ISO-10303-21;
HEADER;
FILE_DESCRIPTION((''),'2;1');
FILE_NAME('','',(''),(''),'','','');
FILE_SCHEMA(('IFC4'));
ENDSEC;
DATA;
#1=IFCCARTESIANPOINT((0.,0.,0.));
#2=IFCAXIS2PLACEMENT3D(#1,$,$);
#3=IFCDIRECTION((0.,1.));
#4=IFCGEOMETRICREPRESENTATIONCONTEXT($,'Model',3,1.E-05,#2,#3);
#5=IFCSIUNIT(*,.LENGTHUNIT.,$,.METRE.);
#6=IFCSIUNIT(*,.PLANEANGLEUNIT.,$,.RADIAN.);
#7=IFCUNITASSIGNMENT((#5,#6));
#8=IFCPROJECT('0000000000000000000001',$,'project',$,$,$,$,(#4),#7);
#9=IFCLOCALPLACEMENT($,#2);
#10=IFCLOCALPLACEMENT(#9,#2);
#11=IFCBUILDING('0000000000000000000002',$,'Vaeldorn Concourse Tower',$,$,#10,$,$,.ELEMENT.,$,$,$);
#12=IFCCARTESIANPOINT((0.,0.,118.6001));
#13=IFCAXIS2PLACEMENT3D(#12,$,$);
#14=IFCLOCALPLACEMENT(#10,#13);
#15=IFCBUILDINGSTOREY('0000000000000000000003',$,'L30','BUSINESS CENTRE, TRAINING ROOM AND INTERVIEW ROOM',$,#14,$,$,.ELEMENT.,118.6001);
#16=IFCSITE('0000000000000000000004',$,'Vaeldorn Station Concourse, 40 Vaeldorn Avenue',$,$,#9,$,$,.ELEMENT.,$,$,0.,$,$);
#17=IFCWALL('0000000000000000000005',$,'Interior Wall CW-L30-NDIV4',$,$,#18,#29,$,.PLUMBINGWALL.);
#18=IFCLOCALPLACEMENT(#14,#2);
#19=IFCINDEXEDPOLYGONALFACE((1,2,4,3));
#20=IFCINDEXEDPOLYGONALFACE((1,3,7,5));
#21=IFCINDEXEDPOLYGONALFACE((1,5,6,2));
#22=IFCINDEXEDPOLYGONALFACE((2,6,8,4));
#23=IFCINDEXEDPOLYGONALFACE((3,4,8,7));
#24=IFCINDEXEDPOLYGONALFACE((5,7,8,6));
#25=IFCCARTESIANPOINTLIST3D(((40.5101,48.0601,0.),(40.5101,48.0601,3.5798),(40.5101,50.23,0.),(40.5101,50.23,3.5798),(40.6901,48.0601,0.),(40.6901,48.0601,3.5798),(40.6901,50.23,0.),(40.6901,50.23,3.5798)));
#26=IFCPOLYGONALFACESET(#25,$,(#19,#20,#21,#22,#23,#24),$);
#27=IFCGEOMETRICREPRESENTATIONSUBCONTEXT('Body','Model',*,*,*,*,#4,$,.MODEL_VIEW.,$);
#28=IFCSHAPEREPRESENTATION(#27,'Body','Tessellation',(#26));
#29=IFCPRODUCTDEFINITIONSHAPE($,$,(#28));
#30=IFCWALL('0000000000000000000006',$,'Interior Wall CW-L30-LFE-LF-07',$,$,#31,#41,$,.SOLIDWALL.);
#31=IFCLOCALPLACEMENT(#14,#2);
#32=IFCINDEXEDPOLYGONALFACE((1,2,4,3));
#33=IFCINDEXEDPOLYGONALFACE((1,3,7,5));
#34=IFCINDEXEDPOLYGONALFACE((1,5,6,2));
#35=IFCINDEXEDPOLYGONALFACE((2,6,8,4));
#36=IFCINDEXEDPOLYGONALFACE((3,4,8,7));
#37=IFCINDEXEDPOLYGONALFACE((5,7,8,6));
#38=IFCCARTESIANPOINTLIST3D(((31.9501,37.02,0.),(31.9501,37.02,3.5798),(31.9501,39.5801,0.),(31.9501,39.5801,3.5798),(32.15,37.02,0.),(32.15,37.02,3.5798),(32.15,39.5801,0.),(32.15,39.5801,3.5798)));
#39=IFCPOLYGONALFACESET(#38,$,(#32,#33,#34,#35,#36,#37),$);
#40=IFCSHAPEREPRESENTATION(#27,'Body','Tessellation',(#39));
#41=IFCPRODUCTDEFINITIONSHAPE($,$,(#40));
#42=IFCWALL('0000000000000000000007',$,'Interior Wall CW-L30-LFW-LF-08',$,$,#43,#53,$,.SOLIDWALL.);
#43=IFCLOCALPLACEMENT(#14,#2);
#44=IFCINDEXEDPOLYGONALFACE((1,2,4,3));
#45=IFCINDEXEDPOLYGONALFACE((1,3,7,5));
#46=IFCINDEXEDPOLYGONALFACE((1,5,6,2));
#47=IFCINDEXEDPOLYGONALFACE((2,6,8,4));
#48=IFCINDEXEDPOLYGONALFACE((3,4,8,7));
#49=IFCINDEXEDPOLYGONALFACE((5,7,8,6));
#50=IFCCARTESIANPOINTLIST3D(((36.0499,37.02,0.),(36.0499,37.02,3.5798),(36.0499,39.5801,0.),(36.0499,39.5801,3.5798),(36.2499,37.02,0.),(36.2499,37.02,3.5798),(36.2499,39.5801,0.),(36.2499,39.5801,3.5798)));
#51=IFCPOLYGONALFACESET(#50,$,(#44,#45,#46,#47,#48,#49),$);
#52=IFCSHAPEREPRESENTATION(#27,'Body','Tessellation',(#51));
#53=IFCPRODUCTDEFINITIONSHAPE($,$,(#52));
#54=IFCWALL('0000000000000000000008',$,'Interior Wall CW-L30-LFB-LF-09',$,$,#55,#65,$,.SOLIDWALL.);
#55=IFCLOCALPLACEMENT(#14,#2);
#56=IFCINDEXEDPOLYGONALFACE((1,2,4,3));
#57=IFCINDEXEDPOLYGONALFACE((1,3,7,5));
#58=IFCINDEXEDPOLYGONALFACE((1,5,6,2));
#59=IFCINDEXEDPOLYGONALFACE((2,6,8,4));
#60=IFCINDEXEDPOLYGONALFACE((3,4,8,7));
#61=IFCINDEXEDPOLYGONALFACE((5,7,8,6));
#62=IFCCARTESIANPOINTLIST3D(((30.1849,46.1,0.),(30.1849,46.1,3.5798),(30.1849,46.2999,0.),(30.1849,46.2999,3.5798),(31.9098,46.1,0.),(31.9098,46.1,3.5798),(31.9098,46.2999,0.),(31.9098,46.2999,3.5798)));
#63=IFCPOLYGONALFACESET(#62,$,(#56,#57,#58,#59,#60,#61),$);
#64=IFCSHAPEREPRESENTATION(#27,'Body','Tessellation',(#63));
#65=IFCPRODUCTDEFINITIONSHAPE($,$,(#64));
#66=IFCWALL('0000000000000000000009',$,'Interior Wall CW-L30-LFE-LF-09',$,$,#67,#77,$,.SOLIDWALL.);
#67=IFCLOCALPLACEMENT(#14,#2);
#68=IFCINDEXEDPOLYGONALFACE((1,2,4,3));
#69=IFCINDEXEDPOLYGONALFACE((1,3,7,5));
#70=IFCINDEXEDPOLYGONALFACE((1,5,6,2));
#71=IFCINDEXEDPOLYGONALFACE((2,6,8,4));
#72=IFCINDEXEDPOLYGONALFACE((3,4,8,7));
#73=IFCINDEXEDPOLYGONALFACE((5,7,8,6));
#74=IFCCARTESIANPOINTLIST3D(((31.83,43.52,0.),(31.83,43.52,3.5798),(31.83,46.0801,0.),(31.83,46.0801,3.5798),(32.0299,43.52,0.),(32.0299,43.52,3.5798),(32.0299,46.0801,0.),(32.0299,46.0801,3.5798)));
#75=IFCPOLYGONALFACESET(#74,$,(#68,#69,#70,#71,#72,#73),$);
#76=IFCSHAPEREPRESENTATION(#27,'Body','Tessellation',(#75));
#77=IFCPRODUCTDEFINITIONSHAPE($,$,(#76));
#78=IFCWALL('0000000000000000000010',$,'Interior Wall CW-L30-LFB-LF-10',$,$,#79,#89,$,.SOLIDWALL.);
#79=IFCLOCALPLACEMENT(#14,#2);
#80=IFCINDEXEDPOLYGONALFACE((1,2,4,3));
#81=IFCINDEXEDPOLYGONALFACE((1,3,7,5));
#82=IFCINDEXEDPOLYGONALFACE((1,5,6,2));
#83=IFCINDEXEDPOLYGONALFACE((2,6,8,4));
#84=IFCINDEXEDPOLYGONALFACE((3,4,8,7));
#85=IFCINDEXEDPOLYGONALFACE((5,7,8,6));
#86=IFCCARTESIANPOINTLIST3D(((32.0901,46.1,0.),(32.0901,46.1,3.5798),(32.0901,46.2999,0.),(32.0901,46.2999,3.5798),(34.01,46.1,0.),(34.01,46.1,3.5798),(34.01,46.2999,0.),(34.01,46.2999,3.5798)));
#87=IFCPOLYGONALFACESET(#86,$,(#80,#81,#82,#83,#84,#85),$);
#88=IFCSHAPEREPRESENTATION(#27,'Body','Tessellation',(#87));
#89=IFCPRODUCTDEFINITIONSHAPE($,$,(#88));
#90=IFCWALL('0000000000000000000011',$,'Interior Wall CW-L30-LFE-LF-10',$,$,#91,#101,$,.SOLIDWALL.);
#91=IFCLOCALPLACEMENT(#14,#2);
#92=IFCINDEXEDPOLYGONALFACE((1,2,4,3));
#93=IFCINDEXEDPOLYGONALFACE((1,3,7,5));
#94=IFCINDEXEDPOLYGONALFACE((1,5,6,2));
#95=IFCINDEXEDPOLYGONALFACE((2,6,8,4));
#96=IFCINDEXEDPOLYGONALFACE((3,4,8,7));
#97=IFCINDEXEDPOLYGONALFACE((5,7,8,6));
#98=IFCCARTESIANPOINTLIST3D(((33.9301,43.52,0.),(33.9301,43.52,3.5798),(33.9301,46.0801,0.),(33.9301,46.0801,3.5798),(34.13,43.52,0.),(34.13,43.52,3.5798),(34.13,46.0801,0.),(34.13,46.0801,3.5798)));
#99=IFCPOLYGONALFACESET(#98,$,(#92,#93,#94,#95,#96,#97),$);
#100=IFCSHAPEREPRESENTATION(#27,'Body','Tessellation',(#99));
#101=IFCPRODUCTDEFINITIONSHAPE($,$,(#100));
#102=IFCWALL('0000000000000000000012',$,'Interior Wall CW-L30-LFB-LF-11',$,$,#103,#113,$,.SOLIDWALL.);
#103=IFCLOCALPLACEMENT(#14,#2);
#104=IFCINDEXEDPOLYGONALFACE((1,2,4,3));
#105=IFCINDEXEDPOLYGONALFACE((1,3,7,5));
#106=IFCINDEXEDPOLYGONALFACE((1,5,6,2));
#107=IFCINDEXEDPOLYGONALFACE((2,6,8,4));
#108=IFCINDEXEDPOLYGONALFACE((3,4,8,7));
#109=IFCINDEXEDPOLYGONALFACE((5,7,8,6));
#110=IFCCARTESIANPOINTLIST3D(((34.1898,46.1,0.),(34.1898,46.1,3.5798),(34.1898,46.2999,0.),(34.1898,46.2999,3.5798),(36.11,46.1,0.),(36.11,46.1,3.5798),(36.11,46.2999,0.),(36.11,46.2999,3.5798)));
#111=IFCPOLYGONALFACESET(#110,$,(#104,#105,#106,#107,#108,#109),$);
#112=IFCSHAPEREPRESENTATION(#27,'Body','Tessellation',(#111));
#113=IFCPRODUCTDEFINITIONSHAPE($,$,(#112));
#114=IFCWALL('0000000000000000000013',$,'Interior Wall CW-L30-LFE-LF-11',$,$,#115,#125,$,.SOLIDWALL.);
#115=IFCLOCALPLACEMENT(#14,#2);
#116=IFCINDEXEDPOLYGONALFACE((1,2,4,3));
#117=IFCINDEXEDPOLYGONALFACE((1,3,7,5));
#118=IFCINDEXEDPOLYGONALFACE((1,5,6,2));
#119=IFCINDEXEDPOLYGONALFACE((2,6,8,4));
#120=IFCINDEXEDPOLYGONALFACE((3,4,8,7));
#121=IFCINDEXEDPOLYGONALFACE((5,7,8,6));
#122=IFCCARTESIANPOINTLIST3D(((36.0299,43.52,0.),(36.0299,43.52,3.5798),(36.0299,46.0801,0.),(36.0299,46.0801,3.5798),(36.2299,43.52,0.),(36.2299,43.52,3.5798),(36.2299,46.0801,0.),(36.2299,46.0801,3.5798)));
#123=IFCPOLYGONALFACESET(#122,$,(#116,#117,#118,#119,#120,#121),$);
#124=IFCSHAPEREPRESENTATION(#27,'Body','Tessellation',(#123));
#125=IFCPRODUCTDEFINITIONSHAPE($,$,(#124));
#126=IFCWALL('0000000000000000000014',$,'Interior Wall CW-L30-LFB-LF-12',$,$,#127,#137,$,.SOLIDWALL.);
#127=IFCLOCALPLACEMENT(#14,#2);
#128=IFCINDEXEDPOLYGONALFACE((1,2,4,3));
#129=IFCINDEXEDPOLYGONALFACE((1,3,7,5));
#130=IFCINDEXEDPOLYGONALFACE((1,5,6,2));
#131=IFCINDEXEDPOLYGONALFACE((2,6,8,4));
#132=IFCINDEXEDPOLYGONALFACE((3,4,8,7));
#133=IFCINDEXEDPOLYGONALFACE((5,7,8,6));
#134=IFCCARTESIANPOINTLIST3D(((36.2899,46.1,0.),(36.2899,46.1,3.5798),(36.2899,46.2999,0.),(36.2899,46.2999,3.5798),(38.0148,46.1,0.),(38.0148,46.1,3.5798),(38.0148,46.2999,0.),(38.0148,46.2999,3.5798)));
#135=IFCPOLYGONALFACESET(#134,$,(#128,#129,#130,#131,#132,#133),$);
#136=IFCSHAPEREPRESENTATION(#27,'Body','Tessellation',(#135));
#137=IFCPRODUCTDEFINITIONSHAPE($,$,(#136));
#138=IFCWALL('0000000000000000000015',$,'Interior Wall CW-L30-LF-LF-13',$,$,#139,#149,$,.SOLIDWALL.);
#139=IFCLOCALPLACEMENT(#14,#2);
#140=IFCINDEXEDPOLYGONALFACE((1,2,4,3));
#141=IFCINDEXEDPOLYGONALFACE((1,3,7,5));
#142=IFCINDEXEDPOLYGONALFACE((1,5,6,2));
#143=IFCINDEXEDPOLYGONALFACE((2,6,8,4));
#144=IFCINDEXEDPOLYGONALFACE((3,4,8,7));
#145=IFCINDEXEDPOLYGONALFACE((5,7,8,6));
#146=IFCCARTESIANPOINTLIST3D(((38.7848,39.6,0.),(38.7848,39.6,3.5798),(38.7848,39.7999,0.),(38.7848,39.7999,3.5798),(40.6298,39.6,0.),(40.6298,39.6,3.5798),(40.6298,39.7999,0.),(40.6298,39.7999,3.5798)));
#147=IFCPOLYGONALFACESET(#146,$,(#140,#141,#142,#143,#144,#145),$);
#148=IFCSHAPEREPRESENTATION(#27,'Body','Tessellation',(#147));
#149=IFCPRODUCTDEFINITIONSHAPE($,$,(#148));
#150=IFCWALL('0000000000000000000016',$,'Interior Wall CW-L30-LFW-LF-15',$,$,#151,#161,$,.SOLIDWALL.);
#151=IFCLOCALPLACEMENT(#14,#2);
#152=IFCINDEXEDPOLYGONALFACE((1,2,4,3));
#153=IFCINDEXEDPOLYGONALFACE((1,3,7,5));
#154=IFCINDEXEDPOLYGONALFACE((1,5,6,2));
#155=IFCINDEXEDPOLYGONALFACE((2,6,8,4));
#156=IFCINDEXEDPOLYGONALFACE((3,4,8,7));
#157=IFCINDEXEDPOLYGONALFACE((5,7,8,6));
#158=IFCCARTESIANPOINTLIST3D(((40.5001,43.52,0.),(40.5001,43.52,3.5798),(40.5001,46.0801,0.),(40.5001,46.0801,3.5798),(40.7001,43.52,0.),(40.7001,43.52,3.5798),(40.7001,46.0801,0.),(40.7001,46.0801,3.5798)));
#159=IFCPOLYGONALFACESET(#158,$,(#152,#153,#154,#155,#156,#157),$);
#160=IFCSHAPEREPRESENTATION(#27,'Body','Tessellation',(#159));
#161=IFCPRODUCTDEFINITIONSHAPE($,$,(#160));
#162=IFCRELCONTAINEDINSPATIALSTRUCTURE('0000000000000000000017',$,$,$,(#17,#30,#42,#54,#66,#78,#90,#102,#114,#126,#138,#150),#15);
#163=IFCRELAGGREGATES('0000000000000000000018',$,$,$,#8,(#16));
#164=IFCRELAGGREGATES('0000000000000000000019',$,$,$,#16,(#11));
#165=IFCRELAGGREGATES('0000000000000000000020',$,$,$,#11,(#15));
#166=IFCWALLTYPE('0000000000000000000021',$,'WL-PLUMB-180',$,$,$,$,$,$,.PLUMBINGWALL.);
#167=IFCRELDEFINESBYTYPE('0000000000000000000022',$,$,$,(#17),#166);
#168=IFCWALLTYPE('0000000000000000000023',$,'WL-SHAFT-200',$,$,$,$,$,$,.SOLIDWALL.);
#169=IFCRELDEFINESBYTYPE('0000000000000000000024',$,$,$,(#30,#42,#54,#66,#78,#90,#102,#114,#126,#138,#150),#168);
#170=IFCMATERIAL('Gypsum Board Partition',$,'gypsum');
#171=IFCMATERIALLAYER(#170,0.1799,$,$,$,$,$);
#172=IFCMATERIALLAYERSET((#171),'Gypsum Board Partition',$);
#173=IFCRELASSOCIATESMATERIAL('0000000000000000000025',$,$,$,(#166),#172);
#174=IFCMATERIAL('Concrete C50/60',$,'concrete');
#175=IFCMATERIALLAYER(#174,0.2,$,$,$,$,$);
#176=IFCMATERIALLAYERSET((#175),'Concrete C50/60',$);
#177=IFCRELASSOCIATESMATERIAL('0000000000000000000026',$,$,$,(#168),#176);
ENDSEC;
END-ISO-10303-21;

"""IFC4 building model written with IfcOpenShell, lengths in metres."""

from ifc_helpers import new_model, si_unit, direction, frame, frame_2d, origin, place, context, subcontext, project, spatial, rectangle, extrude, material, layer, layer_set, type_object, element, save


model = new_model("IFC4")

# Units and contexts
model_context = context("Model", 3, precision=1e-05, world=origin(), true_north=direction((0.0, 1.0)))
body_context = subcontext(model_context, "Body", "Model", "MODEL_VIEW")
ifc_project = project(units=[si_unit("LENGTHUNIT", "METRE"), si_unit("PLANEANGLEUNIT", "RADIAN")], contexts=[model_context])

# Site, building, storey
site_placement = place(None, origin())
site = spatial("IfcSite", under=ifc_project, at=site_placement, Name="Vaeldorn Station Concourse, 40 Vaeldorn Avenue", CompositionType="ELEMENT", RefElevation=0.0)
building_placement = place(site_placement, origin())
building = spatial("IfcBuilding", under=site, at=building_placement, Name="Vaeldorn Concourse Tower", CompositionType="ELEMENT")
storey_placement = place(building_placement, frame((0.0, 0.0, 118.6001)))
storey = spatial("IfcBuildingStorey", under=building, at=storey_placement, Name="L30", Description="BUSINESS CENTRE, TRAINING ROOM AND INTERVIEW ROOM", CompositionType="ELEMENT", Elevation=118.6001)

# Shared definitions
ifc_material_1 = material(Name="Gypsum Board Partition", Category="gypsum")

# Walls
ifc_layer_1 = layer(ifc_material_1, 0.1799)
ifc_layer_set_1 = layer_set([ifc_layer_1], Name="Gypsum Board Partition")
wall_type_1 = type_object("IfcWallType", Name="WL-PLUMB-180", PredefinedType="PLUMBINGWALL", material=ifc_layer_set_1)
for number, where, z_axis, x_axis, name in (
    (1, (40.6001, 48.0601, 0.0), (0.0, 0.0, 1.0), (0.0, 1.0, 0.0), "Interior Wall CW-L30-NDIV4"),
):
    element("IfcWall", number, at=place(storey_placement, frame(where, z_axis=z_axis, x_axis=x_axis)), inside=storey, type_object=wall_type_1, Name=name, PredefinedType="PLUMBINGWALL", context=body_context, shape_type="SweptSolid", body=[
        extrude(rectangle(XDim=2.1699, YDim=0.1799, at=frame_2d((1.085, 0.0))), origin(), (0.0, 0.0, 1.0), 3.5798),
    ])
ifc_material_2 = material(Name="Concrete C50/60", Category="concrete")
ifc_layer_2 = layer(ifc_material_2, 0.2)
ifc_layer_set_2 = layer_set([ifc_layer_2], Name="Concrete C50/60")
wall_type_2 = type_object("IfcWallType", Name="WL-SHAFT-200", PredefinedType="SOLIDWALL", material=ifc_layer_set_2)
wall_1_placement = place(storey_placement, frame((32.05, 37.02, 0.0), z_axis=(0.0, 0.0, 1.0), x_axis=(0.0, 1.0, 0.0)))
element("IfcWall", 2, at=wall_1_placement, inside=storey, type_object=wall_type_2, Name="Interior Wall CW-L30-LFE-LF-07", PredefinedType="SOLIDWALL", context=body_context, shape_type="SweptSolid", body=[
    extrude(rectangle(XDim=2.5601, YDim=0.2, at=frame_2d((1.28, 0.0))), origin(), (0.0, 0.0, 1.0), 3.5798),
])

# Wall
wall_2_placement = place(storey_placement, frame((36.1499, 37.02, 0.0), z_axis=(0.0, 0.0, 1.0), x_axis=(0.0, 1.0, 0.0)))
element("IfcWall", 3, at=wall_2_placement, inside=storey, type_object=wall_type_2, Name="Interior Wall CW-L30-LFW-LF-08", PredefinedType="SOLIDWALL", context=body_context, shape_type="SweptSolid", body=[
    extrude(rectangle(XDim=2.5601, YDim=0.2, at=frame_2d((1.28, 0.0))), origin(), (0.0, 0.0, 1.0), 3.5798),
])

# Walls
wall_3_placement = place(storey_placement, frame((30.1851, 46.2, 0.0), z_axis=(0.0, 0.0, 1.0), x_axis=(1.0, 0.0, 0.0)))
element("IfcWall", 4, at=wall_3_placement, inside=storey, type_object=wall_type_2, Name="Interior Wall CW-L30-LFB-LF-09", PredefinedType="SOLIDWALL", context=body_context, shape_type="SweptSolid", body=[
    extrude(rectangle(XDim=1.7249, YDim=0.2, at=frame_2d((0.8623, 0.0))), origin(), (0.0, 0.0, 1.0), 3.5798),
])
wall_4_placement = place(storey_placement, frame((31.9299, 43.52, 0.0), z_axis=(0.0, 0.0, 1.0), x_axis=(0.0, 1.0, 0.0)))
element("IfcWall", 5, at=wall_4_placement, inside=storey, type_object=wall_type_2, Name="Interior Wall CW-L30-LFE-LF-09", PredefinedType="SOLIDWALL", context=body_context, shape_type="SweptSolid", body=[
    extrude(rectangle(XDim=2.5601, YDim=0.2, at=frame_2d((1.28, 0.0))), origin(), (0.0, 0.0, 1.0), 3.5798),
])

# Walls
wall_5_placement = place(storey_placement, frame((32.0901, 46.2, 0.0), z_axis=(0.0, 0.0, 1.0), x_axis=(1.0, 0.0, 0.0)))
element("IfcWall", 6, at=wall_5_placement, inside=storey, type_object=wall_type_2, Name="Interior Wall CW-L30-LFB-LF-10", PredefinedType="SOLIDWALL", context=body_context, shape_type="SweptSolid", body=[
    extrude(rectangle(XDim=1.9199, YDim=0.2, at=frame_2d((0.96, 0.0))), origin(), (0.0, 0.0, 1.0), 3.5798),
])
wall_6_placement = place(storey_placement, frame((34.03, 43.52, 0.0), z_axis=(0.0, 0.0, 1.0), x_axis=(0.0, 1.0, 0.0)))
element("IfcWall", 7, at=wall_6_placement, inside=storey, type_object=wall_type_2, Name="Interior Wall CW-L30-LFE-LF-10", PredefinedType="SOLIDWALL", context=body_context, shape_type="SweptSolid", body=[
    extrude(rectangle(XDim=2.5601, YDim=0.2, at=frame_2d((1.28, 0.0))), origin(), (0.0, 0.0, 1.0), 3.5798),
])

# Walls
wall_7_placement = place(storey_placement, frame((34.1899, 46.2, 0.0), z_axis=(0.0, 0.0, 1.0), x_axis=(1.0, 0.0, 0.0)))
element("IfcWall", 8, at=wall_7_placement, inside=storey, type_object=wall_type_2, Name="Interior Wall CW-L30-LFB-LF-11", PredefinedType="SOLIDWALL", context=body_context, shape_type="SweptSolid", body=[
    extrude(rectangle(XDim=1.9202, YDim=0.2, at=frame_2d((0.96, 0.0))), origin(), (0.0, 0.0, 1.0), 3.5798),
])
wall_8_placement = place(storey_placement, frame((36.1299, 43.52, 0.0), z_axis=(0.0, 0.0, 1.0), x_axis=(0.0, 1.0, 0.0)))
element("IfcWall", 9, at=wall_8_placement, inside=storey, type_object=wall_type_2, Name="Interior Wall CW-L30-LFE-LF-11", PredefinedType="SOLIDWALL", context=body_context, shape_type="SweptSolid", body=[
    extrude(rectangle(XDim=2.5601, YDim=0.2, at=frame_2d((1.28, 0.0))), origin(), (0.0, 0.0, 1.0), 3.5798),
])

# Walls
wall_9_placement = place(storey_placement, frame((36.29, 46.2, 0.0), z_axis=(0.0, 0.0, 1.0), x_axis=(1.0, 0.0, 0.0)))
element("IfcWall", 10, at=wall_9_placement, inside=storey, type_object=wall_type_2, Name="Interior Wall CW-L30-LFB-LF-12", PredefinedType="SOLIDWALL", context=body_context, shape_type="SweptSolid", body=[
    extrude(rectangle(XDim=1.7249, YDim=0.2, at=frame_2d((0.8623, 0.0))), origin(), (0.0, 0.0, 1.0), 3.5798),
])
wall_10_placement = place(storey_placement, frame((38.7849, 39.7, 0.0), z_axis=(0.0, 0.0, 1.0), x_axis=(1.0, 0.0, 0.0)))
element("IfcWall", 11, at=wall_10_placement, inside=storey, type_object=wall_type_2, Name="Interior Wall CW-L30-LF-LF-13", PredefinedType="SOLIDWALL", context=body_context, shape_type="SweptSolid", body=[
    extrude(rectangle(XDim=1.845, YDim=0.2, at=frame_2d((0.9224, 0.0))), origin(), (0.0, 0.0, 1.0), 3.5798),
])
wall_11_placement = place(storey_placement, frame((40.6001, 43.52, 0.0), z_axis=(0.0, 0.0, 1.0), x_axis=(0.0, 1.0, 0.0)))
element("IfcWall", 12, at=wall_11_placement, inside=storey, type_object=wall_type_2, Name="Interior Wall CW-L30-LFW-LF-15", PredefinedType="SOLIDWALL", context=body_context, shape_type="SweptSolid", body=[
    extrude(rectangle(XDim=2.5601, YDim=0.2, at=frame_2d((1.28, 0.0))), origin(), (0.0, 0.0, 1.0), 3.5798),
])

save(model, "model.ifc")
